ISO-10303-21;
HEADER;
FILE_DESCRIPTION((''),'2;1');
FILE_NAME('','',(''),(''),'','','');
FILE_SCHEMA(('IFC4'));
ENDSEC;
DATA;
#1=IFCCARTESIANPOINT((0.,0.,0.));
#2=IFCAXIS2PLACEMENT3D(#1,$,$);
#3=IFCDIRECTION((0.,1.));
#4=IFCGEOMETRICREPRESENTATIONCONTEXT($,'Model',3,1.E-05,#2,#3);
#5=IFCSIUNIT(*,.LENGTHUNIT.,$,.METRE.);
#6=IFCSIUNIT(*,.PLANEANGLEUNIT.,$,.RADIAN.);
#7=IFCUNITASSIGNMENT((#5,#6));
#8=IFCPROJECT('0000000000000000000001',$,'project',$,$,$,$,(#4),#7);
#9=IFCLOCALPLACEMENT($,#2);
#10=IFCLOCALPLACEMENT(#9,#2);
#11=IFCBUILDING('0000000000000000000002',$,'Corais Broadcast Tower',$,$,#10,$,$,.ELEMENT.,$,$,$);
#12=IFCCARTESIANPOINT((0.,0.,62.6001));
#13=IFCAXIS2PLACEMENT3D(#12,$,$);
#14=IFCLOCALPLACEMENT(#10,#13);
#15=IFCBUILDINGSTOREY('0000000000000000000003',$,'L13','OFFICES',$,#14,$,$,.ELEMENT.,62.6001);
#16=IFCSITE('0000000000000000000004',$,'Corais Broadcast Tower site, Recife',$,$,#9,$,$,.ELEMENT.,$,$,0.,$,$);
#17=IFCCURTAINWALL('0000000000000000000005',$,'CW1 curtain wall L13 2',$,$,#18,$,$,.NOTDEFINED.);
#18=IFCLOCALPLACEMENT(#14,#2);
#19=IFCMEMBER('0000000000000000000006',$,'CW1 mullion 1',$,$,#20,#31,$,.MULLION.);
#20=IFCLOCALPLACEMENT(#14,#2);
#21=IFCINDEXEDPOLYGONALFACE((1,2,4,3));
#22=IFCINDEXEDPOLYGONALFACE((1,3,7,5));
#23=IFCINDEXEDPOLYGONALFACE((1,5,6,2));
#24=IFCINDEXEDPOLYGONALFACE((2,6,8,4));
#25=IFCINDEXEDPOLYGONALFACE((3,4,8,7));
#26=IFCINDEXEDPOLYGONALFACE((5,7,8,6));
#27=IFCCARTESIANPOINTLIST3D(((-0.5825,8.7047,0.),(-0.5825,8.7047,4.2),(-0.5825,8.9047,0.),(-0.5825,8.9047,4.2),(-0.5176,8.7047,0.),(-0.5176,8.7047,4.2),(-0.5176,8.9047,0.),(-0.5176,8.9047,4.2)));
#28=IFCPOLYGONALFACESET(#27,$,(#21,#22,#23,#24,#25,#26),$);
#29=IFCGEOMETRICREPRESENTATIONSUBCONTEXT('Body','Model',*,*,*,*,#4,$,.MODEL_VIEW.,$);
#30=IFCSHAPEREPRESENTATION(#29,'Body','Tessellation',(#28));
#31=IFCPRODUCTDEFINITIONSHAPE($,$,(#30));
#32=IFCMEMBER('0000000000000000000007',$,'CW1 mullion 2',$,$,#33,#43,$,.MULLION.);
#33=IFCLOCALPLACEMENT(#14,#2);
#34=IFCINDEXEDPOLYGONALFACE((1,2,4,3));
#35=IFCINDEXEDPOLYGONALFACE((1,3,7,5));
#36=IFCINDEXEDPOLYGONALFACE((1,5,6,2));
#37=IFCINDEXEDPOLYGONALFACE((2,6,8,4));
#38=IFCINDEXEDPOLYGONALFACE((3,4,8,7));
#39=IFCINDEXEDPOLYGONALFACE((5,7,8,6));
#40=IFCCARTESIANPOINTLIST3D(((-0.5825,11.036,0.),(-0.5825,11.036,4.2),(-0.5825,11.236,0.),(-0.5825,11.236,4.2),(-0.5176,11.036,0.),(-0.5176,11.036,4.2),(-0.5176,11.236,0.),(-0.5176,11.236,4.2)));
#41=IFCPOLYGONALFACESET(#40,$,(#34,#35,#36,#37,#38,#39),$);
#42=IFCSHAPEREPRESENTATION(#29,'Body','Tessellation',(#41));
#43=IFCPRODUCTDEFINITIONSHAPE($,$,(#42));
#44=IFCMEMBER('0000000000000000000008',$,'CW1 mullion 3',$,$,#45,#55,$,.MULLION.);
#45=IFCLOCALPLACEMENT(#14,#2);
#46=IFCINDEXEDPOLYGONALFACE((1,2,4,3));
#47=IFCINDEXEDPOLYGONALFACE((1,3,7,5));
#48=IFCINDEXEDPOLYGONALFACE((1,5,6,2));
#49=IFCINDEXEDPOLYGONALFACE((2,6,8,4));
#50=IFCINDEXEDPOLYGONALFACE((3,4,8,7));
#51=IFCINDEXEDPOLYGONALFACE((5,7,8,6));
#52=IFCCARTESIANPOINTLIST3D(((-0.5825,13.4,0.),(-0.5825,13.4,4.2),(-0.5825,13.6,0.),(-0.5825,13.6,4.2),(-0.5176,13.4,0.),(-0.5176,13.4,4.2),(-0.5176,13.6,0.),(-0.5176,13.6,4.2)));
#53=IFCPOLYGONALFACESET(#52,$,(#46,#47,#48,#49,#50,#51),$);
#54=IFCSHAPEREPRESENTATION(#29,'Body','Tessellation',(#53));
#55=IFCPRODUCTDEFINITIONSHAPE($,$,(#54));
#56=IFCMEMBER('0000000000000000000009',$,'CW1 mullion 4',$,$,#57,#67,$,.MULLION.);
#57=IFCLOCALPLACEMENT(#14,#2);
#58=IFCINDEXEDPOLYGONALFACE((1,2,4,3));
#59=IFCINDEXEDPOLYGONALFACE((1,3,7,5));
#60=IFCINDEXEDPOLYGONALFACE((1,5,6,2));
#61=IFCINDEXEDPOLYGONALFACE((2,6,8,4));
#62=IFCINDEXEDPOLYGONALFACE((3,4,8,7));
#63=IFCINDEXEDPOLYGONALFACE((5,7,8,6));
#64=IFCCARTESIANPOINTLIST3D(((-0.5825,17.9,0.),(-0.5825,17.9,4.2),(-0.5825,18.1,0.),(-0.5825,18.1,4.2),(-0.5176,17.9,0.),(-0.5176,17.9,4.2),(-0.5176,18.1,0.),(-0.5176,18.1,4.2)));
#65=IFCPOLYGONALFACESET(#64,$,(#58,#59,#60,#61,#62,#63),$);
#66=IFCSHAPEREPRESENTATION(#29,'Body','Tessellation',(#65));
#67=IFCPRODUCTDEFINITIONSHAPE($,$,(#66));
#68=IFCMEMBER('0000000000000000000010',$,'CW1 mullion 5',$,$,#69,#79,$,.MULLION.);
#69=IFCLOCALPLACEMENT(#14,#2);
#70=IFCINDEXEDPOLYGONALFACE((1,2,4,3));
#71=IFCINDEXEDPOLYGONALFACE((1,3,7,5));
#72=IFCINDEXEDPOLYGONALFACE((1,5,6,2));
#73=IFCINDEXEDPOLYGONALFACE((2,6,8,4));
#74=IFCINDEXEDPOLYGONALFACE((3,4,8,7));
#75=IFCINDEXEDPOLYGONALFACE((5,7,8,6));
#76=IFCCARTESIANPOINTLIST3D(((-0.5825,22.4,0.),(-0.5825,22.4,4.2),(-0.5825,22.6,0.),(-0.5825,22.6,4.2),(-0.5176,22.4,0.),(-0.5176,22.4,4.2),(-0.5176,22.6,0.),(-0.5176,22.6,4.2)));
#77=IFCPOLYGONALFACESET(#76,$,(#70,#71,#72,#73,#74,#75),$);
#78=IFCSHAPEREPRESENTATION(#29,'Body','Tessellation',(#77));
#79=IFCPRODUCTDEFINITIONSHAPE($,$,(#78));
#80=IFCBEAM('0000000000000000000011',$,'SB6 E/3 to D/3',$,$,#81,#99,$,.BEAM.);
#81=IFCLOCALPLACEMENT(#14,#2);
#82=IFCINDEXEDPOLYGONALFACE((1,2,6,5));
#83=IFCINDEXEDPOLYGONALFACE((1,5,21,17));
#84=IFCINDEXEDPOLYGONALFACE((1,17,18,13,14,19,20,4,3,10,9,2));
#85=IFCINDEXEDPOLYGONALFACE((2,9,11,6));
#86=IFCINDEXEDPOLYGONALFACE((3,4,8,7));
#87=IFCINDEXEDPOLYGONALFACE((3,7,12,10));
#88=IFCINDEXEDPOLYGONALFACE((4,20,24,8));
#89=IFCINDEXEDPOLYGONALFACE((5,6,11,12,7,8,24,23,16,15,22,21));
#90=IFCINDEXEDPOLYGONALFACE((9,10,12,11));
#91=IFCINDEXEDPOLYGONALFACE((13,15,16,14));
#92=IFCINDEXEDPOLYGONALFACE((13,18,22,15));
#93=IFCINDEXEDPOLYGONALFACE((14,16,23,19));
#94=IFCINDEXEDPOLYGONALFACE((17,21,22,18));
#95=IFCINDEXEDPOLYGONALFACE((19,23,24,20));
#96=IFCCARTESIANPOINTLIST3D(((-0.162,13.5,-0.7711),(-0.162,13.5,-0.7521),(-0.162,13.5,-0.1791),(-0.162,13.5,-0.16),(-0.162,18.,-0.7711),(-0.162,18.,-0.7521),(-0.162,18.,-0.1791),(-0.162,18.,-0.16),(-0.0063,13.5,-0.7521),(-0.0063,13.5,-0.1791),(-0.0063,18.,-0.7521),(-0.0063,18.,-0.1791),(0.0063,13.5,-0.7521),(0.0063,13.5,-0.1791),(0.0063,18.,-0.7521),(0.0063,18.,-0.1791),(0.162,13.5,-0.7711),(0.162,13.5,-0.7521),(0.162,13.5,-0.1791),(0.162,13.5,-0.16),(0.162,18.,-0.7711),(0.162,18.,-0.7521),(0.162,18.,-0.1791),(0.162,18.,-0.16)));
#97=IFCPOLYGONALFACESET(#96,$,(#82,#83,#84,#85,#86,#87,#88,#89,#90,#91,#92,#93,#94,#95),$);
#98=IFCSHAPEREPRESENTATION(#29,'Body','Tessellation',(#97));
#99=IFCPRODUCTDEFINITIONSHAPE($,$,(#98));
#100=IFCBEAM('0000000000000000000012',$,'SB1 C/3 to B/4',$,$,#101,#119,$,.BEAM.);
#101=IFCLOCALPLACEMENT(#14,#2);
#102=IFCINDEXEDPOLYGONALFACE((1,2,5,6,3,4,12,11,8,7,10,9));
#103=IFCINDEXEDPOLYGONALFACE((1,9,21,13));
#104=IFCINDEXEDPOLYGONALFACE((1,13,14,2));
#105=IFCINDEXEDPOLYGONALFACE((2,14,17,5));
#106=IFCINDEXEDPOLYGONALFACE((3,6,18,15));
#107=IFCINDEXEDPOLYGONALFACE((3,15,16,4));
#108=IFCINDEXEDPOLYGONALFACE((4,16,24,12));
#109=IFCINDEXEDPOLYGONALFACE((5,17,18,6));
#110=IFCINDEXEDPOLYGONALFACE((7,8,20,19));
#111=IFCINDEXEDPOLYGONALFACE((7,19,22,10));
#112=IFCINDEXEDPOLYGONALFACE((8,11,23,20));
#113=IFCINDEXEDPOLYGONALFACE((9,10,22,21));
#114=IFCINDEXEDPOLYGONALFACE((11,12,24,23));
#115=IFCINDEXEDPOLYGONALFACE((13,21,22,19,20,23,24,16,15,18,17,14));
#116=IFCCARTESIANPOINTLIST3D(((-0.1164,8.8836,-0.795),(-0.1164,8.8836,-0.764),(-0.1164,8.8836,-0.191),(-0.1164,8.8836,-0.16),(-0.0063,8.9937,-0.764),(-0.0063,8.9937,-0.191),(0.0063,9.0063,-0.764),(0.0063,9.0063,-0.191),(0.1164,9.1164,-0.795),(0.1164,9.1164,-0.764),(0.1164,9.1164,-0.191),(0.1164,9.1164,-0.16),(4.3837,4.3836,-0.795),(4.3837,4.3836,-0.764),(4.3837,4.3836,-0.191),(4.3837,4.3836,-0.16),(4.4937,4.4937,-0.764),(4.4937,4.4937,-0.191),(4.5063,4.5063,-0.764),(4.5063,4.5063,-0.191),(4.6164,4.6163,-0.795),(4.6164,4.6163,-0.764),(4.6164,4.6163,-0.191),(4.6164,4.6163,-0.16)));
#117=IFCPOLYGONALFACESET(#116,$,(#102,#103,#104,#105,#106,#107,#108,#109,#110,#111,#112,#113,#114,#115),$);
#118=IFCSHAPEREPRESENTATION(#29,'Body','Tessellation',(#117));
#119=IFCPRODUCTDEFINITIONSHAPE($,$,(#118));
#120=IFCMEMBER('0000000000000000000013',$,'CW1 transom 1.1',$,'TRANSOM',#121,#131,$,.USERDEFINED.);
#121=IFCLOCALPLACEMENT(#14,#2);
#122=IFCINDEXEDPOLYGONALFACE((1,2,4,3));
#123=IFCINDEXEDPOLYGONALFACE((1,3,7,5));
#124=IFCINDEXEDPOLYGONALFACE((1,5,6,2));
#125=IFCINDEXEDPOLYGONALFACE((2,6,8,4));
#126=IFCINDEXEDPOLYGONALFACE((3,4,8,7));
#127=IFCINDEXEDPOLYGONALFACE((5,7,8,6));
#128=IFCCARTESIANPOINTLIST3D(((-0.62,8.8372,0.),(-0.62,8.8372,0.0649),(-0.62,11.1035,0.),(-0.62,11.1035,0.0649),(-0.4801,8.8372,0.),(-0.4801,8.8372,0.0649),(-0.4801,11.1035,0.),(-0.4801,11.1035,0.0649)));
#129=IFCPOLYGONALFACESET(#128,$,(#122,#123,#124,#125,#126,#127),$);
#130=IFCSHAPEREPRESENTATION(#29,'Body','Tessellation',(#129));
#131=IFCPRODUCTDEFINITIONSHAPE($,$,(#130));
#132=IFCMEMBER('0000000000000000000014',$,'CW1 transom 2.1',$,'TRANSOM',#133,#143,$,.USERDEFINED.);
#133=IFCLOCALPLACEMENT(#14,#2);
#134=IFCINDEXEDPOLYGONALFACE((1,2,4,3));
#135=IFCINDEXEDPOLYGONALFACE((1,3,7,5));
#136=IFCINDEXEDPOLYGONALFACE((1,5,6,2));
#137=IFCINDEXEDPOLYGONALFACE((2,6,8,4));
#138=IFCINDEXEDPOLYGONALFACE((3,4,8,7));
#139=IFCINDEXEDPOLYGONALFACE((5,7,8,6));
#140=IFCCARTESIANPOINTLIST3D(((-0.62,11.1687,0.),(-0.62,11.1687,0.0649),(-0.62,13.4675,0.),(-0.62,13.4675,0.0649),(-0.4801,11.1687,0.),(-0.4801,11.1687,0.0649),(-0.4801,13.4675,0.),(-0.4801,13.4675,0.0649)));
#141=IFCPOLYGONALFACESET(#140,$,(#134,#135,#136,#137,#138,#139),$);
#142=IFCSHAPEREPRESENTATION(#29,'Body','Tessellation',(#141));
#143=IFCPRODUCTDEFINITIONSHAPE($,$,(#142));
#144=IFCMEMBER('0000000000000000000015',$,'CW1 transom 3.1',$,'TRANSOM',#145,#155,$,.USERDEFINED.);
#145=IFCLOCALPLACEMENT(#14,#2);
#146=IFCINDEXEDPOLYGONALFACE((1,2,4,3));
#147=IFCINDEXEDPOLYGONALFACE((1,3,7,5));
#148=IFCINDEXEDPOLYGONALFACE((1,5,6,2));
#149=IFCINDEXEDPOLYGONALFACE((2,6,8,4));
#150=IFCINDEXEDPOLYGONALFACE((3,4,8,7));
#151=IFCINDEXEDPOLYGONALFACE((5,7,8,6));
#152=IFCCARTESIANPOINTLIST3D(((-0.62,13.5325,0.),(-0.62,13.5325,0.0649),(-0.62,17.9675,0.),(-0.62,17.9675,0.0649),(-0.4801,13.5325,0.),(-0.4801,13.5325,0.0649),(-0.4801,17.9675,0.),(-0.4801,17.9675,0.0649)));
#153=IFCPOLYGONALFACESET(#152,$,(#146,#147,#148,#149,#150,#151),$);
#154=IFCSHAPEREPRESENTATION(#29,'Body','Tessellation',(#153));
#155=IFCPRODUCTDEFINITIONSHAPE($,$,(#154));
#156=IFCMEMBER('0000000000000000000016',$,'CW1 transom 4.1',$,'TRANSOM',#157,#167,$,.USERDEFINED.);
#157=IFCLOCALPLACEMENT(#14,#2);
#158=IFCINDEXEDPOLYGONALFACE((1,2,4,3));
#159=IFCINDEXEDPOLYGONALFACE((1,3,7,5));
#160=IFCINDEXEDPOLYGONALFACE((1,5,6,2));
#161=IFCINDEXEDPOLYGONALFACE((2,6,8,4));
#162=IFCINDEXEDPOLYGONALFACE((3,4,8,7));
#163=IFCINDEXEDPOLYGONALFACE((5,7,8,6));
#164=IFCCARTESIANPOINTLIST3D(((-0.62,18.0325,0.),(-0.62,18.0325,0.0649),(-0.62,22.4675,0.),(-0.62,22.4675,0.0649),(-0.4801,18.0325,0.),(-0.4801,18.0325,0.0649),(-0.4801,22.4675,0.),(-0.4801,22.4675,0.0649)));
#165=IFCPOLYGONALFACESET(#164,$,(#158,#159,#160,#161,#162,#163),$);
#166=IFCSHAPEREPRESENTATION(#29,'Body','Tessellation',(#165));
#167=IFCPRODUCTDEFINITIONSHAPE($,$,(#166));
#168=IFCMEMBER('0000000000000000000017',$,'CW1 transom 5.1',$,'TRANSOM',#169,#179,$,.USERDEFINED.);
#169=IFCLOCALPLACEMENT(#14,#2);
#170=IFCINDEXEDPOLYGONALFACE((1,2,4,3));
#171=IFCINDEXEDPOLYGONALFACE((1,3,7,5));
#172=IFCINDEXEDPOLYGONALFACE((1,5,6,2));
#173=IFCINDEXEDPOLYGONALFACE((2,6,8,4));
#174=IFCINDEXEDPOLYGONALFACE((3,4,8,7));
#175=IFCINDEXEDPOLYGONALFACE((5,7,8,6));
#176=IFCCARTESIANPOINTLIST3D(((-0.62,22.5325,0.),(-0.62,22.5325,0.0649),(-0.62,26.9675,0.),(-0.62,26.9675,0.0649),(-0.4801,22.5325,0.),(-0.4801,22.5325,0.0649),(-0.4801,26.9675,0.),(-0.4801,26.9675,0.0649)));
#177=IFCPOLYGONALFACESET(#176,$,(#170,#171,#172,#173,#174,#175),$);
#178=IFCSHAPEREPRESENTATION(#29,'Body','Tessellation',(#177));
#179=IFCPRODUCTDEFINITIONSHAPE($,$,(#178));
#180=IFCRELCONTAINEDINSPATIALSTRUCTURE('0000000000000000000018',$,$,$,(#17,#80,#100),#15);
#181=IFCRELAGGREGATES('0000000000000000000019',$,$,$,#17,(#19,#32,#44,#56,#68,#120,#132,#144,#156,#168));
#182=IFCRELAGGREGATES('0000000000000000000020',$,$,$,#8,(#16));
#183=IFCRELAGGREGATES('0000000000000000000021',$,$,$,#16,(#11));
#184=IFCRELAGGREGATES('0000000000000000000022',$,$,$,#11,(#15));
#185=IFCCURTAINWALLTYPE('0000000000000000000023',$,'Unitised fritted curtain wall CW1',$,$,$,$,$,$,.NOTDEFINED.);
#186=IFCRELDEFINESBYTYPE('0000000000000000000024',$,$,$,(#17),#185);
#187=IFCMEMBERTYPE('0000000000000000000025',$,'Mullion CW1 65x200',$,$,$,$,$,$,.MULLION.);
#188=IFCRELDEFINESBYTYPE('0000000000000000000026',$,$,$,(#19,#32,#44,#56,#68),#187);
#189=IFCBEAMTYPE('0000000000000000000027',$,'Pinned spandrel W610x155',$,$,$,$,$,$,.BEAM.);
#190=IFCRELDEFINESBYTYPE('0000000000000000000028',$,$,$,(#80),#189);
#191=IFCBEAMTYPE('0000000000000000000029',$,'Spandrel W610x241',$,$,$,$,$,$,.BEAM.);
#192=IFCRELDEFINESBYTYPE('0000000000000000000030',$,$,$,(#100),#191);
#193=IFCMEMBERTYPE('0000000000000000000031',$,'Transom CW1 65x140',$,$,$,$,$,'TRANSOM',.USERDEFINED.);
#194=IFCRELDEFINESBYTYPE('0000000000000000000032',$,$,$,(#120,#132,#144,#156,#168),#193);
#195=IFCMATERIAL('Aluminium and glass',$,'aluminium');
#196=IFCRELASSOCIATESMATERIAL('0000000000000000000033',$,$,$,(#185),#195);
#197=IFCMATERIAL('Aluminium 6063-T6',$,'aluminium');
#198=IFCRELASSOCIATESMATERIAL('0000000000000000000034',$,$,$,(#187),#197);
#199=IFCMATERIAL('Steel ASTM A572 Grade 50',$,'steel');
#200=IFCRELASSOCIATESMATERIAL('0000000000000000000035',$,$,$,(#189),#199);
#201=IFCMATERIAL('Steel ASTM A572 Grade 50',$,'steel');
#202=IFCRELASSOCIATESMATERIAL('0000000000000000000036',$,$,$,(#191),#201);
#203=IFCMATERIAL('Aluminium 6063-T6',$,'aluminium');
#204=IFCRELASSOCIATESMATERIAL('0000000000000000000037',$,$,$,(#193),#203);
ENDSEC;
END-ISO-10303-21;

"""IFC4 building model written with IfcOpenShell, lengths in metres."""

from ifc_helpers import new_model, si_unit, direction, frame, origin, origin_2d, place, context, subcontext, project, spatial, rectangle, i_section, extrude, material, material_profile, profile_set, type_object, element, aggregate, save


model = new_model("IFC4")

# Units and contexts
model_context = context("Model", 3, precision=1e-05, world=origin(), true_north=direction((0.0, 1.0)))
body_context = subcontext(model_context, "Body", "Model", "MODEL_VIEW")
ifc_project = project(units=[si_unit("LENGTHUNIT", "METRE"), si_unit("PLANEANGLEUNIT", "RADIAN")], contexts=[model_context])

# Site, building, storey
site_placement = place(None, origin())
site = spatial("IfcSite", under=ifc_project, at=site_placement, Name="Corais Broadcast Tower site, Recife", CompositionType="ELEMENT", RefElevation=0.0)
building_placement = place(site_placement, origin())
building = spatial("IfcBuilding", under=site, at=building_placement, Name="Corais Broadcast Tower", CompositionType="ELEMENT")
storey_placement = place(building_placement, frame((0.0, 0.0, 62.6001)))
storey = spatial("IfcBuildingStorey", under=building, at=storey_placement, Name="L13", Description="OFFICES", CompositionType="ELEMENT", Elevation=62.6001)

# Shared definitions
ifc_material_1 = material(Name="Aluminium and glass", Category="aluminium")
curtain_wall_type = type_object("IfcCurtainWallType", Name="Unitised fritted curtain wall CW1", PredefinedType="NOTDEFINED", material=ifc_material_1)
ifc_material_2 = material(Name="Aluminium 6063-T6", Category="aluminium")
ifc_material_profile_1 = material_profile(ifc_material_2, rectangle(XDim=0.0649, YDim=0.2, at=origin_2d()), Name="Mullion CW1 65x200")
ifc_profile_set_1 = profile_set([ifc_material_profile_1], Name="Aluminium 6063-T6")
member_type_1 = type_object("IfcMemberType", Name="Mullion CW1 65x200", PredefinedType="MULLION", material=ifc_profile_set_1)

# Curtain wall, members
curtain_wall_1_placement = place(storey_placement, origin())
curtain_wall_1 = element("IfcCurtainWall", 1, at=curtain_wall_1_placement, inside=storey, type_object=curtain_wall_type, Name="CW1 curtain wall L13 2", PredefinedType="NOTDEFINED")
member_1_placement = place(storey_placement, frame((-0.55, 8.8047, 0.0), z_axis=(0.0, 0.0, 1.0), x_axis=(-1.0, 0.0, 0.0)))
member_1 = element("IfcMember", 2, at=member_1_placement, type_object=member_type_1, Name="CW1 mullion 1", PredefinedType="MULLION", context=body_context, shape_type="SweptSolid", body=[
    extrude(rectangle(XDim=0.0649, YDim=0.2, at=origin_2d()), origin(), (0.0, 0.0, 1.0), 4.2),
])
member_2_placement = place(storey_placement, frame((-0.55, 11.136, 0.0), z_axis=(0.0, 0.0, 1.0), x_axis=(-1.0, 0.0, 0.0)))
member_2 = element("IfcMember", 3, at=member_2_placement, type_object=member_type_1, Name="CW1 mullion 2", PredefinedType="MULLION", context=body_context, shape_type="SweptSolid", body=[
    extrude(rectangle(XDim=0.0649, YDim=0.2, at=origin_2d()), origin(), (0.0, 0.0, 1.0), 4.2),
])
member_3_placement = place(storey_placement, frame((-0.55, 13.5, 0.0), z_axis=(0.0, 0.0, 1.0), x_axis=(-1.0, 0.0, 0.0)))
member_3 = element("IfcMember", 4, at=member_3_placement, type_object=member_type_1, Name="CW1 mullion 3", PredefinedType="MULLION", context=body_context, shape_type="SweptSolid", body=[
    extrude(rectangle(XDim=0.0649, YDim=0.2, at=origin_2d()), origin(), (0.0, 0.0, 1.0), 4.2),
])
member_4_placement = place(storey_placement, frame((-0.55, 18.0, 0.0), z_axis=(0.0, 0.0, 1.0), x_axis=(-1.0, 0.0, 0.0)))
member_4 = element("IfcMember", 5, at=member_4_placement, type_object=member_type_1, Name="CW1 mullion 4", PredefinedType="MULLION", context=body_context, shape_type="SweptSolid", body=[
    extrude(rectangle(XDim=0.0649, YDim=0.2, at=origin_2d()), origin(), (0.0, 0.0, 1.0), 4.2),
])
member_5_placement = place(storey_placement, frame((-0.55, 22.5, 0.0), z_axis=(0.0, 0.0, 1.0), x_axis=(-1.0, 0.0, 0.0)))
member_5 = element("IfcMember", 6, at=member_5_placement, type_object=member_type_1, Name="CW1 mullion 5", PredefinedType="MULLION", context=body_context, shape_type="SweptSolid", body=[
    extrude(rectangle(XDim=0.0649, YDim=0.2, at=origin_2d()), origin(), (0.0, 0.0, 1.0), 4.2),
])

# Beams
ifc_material_3 = material(Name="Steel ASTM A572 Grade 50", Category="steel")
ifc_material_profile_2 = material_profile(ifc_material_3, i_section(OverallWidth=0.324, OverallDepth=0.6111, WebThickness=0.0127, FlangeThickness=0.019, at=origin_2d()), Name="W610x155")
ifc_profile_set_2 = profile_set([ifc_material_profile_2], Name="Steel ASTM A572 Grade 50")
beam_type_1 = type_object("IfcBeamType", Name="Pinned spandrel W610x155", PredefinedType="BEAM", material=ifc_profile_set_2)
beam_1_placement = place(storey_placement, frame((0.0, 18.0, -0.4656), z_axis=(0.0, -1.0, 0.0), x_axis=(1.0, 0.0, 0.0)))
element("IfcBeam", 7, at=beam_1_placement, inside=storey, type_object=beam_type_1, Name="SB6 E/3 to D/3", PredefinedType="BEAM", context=body_context, shape_type="SweptSolid", body=[
    extrude(i_section(OverallWidth=0.324, OverallDepth=0.6111, WebThickness=0.0127, FlangeThickness=0.019, at=origin_2d()), origin(), (0.0, 0.0, 1.0), 4.5),
])
ifc_material_4 = material(Name="Steel ASTM A572 Grade 50", Category="steel")
ifc_material_profile_3 = material_profile(ifc_material_4, i_section(OverallWidth=0.3291, OverallDepth=0.635, WebThickness=0.0178, FlangeThickness=0.031, at=origin_2d()), Name="W610x241")
ifc_profile_set_3 = profile_set([ifc_material_profile_3], Name="Steel ASTM A572 Grade 50")
beam_type_2 = type_object("IfcBeamType", Name="Spandrel W610x241", PredefinedType="BEAM", material=ifc_profile_set_3)
beam_2_placement = place(storey_placement, frame((0.0, 9.0, -0.4775), z_axis=(0.707107, -0.707107, 0.0), x_axis=(0.707107, 0.707107, 0.0)))
element("IfcBeam", 8, at=beam_2_placement, inside=storey, type_object=beam_type_2, Name="SB1 C/3 to B/4", PredefinedType="BEAM", context=body_context, shape_type="SweptSolid", body=[
    extrude(i_section(OverallWidth=0.3291, OverallDepth=0.635, WebThickness=0.0178, FlangeThickness=0.031, at=origin_2d()), origin(), (0.0, 0.0, 1.0), 6.364),
])

# Members
ifc_material_5 = material(Name="Aluminium 6063-T6", Category="aluminium")
ifc_material_profile_4 = material_profile(ifc_material_5, rectangle(XDim=0.1399, YDim=0.0649, at=origin_2d()), Name="Transom CW1 65x140")
ifc_profile_set_4 = profile_set([ifc_material_profile_4], Name="Aluminium 6063-T6")
member_type_2 = type_object("IfcMemberType", Name="Transom CW1 65x140", ElementType="TRANSOM", PredefinedType="USERDEFINED", material=ifc_profile_set_4)
member_6_placement = place(storey_placement, frame((-0.55, 8.8372, 0.0325), z_axis=(0.0, 1.0, 0.0), x_axis=(-1.0, 0.0, 0.0)))
member_6 = element("IfcMember", 9, at=member_6_placement, type_object=member_type_2, Name="CW1 transom 1.1", ObjectType="TRANSOM", PredefinedType="USERDEFINED", context=body_context, shape_type="SweptSolid", body=[
    extrude(rectangle(XDim=0.1399, YDim=0.0649, at=origin_2d()), origin(), (0.0, 0.0, 1.0), 2.2664),
])
member_7_placement = place(storey_placement, frame((-0.55, 11.1687, 0.0325), z_axis=(0.0, 1.0, 0.0), x_axis=(-1.0, 0.0, 0.0)))
member_7 = element("IfcMember", 10, at=member_7_placement, type_object=member_type_2, Name="CW1 transom 2.1", ObjectType="TRANSOM", PredefinedType="USERDEFINED", context=body_context, shape_type="SweptSolid", body=[
    extrude(rectangle(XDim=0.1399, YDim=0.0649, at=origin_2d()), origin(), (0.0, 0.0, 1.0), 2.2988),
])
member_8_placement = place(storey_placement, frame((-0.55, 13.5325, 0.0325), z_axis=(0.0, 1.0, 0.0), x_axis=(-1.0, 0.0, 0.0)))
member_8 = element("IfcMember", 11, at=member_8_placement, type_object=member_type_2, Name="CW1 transom 3.1", ObjectType="TRANSOM", PredefinedType="USERDEFINED", context=body_context, shape_type="SweptSolid", body=[
    extrude(rectangle(XDim=0.1399, YDim=0.0649, at=origin_2d()), origin(), (0.0, 0.0, 1.0), 4.4351),
])
member_9_placement = place(storey_placement, frame((-0.55, 18.0325, 0.0325), z_axis=(0.0, 1.0, 0.0), x_axis=(-1.0, 0.0, 0.0)))
member_9 = element("IfcMember", 12, at=member_9_placement, type_object=member_type_2, Name="CW1 transom 4.1", ObjectType="TRANSOM", PredefinedType="USERDEFINED", context=body_context, shape_type="SweptSolid", body=[
    extrude(rectangle(XDim=0.1399, YDim=0.0649, at=origin_2d()), origin(), (0.0, 0.0, 1.0), 4.4351),
])
member_10_placement = place(storey_placement, frame((-0.55, 22.5325, 0.0325), z_axis=(0.0, 1.0, 0.0), x_axis=(-1.0, 0.0, 0.0)))
member_10 = element("IfcMember", 13, at=member_10_placement, type_object=member_type_2, Name="CW1 transom 5.1", ObjectType="TRANSOM", PredefinedType="USERDEFINED", context=body_context, shape_type="SweptSolid", body=[
    extrude(rectangle(XDim=0.1399, YDim=0.0649, at=origin_2d()), origin(), (0.0, 0.0, 1.0), 4.4351),
])

aggregate(curtain_wall_1, [member_1, member_2, member_3, member_4, member_5, member_6, member_7, member_8, member_9, member_10])

save(model, "model.ifc")
